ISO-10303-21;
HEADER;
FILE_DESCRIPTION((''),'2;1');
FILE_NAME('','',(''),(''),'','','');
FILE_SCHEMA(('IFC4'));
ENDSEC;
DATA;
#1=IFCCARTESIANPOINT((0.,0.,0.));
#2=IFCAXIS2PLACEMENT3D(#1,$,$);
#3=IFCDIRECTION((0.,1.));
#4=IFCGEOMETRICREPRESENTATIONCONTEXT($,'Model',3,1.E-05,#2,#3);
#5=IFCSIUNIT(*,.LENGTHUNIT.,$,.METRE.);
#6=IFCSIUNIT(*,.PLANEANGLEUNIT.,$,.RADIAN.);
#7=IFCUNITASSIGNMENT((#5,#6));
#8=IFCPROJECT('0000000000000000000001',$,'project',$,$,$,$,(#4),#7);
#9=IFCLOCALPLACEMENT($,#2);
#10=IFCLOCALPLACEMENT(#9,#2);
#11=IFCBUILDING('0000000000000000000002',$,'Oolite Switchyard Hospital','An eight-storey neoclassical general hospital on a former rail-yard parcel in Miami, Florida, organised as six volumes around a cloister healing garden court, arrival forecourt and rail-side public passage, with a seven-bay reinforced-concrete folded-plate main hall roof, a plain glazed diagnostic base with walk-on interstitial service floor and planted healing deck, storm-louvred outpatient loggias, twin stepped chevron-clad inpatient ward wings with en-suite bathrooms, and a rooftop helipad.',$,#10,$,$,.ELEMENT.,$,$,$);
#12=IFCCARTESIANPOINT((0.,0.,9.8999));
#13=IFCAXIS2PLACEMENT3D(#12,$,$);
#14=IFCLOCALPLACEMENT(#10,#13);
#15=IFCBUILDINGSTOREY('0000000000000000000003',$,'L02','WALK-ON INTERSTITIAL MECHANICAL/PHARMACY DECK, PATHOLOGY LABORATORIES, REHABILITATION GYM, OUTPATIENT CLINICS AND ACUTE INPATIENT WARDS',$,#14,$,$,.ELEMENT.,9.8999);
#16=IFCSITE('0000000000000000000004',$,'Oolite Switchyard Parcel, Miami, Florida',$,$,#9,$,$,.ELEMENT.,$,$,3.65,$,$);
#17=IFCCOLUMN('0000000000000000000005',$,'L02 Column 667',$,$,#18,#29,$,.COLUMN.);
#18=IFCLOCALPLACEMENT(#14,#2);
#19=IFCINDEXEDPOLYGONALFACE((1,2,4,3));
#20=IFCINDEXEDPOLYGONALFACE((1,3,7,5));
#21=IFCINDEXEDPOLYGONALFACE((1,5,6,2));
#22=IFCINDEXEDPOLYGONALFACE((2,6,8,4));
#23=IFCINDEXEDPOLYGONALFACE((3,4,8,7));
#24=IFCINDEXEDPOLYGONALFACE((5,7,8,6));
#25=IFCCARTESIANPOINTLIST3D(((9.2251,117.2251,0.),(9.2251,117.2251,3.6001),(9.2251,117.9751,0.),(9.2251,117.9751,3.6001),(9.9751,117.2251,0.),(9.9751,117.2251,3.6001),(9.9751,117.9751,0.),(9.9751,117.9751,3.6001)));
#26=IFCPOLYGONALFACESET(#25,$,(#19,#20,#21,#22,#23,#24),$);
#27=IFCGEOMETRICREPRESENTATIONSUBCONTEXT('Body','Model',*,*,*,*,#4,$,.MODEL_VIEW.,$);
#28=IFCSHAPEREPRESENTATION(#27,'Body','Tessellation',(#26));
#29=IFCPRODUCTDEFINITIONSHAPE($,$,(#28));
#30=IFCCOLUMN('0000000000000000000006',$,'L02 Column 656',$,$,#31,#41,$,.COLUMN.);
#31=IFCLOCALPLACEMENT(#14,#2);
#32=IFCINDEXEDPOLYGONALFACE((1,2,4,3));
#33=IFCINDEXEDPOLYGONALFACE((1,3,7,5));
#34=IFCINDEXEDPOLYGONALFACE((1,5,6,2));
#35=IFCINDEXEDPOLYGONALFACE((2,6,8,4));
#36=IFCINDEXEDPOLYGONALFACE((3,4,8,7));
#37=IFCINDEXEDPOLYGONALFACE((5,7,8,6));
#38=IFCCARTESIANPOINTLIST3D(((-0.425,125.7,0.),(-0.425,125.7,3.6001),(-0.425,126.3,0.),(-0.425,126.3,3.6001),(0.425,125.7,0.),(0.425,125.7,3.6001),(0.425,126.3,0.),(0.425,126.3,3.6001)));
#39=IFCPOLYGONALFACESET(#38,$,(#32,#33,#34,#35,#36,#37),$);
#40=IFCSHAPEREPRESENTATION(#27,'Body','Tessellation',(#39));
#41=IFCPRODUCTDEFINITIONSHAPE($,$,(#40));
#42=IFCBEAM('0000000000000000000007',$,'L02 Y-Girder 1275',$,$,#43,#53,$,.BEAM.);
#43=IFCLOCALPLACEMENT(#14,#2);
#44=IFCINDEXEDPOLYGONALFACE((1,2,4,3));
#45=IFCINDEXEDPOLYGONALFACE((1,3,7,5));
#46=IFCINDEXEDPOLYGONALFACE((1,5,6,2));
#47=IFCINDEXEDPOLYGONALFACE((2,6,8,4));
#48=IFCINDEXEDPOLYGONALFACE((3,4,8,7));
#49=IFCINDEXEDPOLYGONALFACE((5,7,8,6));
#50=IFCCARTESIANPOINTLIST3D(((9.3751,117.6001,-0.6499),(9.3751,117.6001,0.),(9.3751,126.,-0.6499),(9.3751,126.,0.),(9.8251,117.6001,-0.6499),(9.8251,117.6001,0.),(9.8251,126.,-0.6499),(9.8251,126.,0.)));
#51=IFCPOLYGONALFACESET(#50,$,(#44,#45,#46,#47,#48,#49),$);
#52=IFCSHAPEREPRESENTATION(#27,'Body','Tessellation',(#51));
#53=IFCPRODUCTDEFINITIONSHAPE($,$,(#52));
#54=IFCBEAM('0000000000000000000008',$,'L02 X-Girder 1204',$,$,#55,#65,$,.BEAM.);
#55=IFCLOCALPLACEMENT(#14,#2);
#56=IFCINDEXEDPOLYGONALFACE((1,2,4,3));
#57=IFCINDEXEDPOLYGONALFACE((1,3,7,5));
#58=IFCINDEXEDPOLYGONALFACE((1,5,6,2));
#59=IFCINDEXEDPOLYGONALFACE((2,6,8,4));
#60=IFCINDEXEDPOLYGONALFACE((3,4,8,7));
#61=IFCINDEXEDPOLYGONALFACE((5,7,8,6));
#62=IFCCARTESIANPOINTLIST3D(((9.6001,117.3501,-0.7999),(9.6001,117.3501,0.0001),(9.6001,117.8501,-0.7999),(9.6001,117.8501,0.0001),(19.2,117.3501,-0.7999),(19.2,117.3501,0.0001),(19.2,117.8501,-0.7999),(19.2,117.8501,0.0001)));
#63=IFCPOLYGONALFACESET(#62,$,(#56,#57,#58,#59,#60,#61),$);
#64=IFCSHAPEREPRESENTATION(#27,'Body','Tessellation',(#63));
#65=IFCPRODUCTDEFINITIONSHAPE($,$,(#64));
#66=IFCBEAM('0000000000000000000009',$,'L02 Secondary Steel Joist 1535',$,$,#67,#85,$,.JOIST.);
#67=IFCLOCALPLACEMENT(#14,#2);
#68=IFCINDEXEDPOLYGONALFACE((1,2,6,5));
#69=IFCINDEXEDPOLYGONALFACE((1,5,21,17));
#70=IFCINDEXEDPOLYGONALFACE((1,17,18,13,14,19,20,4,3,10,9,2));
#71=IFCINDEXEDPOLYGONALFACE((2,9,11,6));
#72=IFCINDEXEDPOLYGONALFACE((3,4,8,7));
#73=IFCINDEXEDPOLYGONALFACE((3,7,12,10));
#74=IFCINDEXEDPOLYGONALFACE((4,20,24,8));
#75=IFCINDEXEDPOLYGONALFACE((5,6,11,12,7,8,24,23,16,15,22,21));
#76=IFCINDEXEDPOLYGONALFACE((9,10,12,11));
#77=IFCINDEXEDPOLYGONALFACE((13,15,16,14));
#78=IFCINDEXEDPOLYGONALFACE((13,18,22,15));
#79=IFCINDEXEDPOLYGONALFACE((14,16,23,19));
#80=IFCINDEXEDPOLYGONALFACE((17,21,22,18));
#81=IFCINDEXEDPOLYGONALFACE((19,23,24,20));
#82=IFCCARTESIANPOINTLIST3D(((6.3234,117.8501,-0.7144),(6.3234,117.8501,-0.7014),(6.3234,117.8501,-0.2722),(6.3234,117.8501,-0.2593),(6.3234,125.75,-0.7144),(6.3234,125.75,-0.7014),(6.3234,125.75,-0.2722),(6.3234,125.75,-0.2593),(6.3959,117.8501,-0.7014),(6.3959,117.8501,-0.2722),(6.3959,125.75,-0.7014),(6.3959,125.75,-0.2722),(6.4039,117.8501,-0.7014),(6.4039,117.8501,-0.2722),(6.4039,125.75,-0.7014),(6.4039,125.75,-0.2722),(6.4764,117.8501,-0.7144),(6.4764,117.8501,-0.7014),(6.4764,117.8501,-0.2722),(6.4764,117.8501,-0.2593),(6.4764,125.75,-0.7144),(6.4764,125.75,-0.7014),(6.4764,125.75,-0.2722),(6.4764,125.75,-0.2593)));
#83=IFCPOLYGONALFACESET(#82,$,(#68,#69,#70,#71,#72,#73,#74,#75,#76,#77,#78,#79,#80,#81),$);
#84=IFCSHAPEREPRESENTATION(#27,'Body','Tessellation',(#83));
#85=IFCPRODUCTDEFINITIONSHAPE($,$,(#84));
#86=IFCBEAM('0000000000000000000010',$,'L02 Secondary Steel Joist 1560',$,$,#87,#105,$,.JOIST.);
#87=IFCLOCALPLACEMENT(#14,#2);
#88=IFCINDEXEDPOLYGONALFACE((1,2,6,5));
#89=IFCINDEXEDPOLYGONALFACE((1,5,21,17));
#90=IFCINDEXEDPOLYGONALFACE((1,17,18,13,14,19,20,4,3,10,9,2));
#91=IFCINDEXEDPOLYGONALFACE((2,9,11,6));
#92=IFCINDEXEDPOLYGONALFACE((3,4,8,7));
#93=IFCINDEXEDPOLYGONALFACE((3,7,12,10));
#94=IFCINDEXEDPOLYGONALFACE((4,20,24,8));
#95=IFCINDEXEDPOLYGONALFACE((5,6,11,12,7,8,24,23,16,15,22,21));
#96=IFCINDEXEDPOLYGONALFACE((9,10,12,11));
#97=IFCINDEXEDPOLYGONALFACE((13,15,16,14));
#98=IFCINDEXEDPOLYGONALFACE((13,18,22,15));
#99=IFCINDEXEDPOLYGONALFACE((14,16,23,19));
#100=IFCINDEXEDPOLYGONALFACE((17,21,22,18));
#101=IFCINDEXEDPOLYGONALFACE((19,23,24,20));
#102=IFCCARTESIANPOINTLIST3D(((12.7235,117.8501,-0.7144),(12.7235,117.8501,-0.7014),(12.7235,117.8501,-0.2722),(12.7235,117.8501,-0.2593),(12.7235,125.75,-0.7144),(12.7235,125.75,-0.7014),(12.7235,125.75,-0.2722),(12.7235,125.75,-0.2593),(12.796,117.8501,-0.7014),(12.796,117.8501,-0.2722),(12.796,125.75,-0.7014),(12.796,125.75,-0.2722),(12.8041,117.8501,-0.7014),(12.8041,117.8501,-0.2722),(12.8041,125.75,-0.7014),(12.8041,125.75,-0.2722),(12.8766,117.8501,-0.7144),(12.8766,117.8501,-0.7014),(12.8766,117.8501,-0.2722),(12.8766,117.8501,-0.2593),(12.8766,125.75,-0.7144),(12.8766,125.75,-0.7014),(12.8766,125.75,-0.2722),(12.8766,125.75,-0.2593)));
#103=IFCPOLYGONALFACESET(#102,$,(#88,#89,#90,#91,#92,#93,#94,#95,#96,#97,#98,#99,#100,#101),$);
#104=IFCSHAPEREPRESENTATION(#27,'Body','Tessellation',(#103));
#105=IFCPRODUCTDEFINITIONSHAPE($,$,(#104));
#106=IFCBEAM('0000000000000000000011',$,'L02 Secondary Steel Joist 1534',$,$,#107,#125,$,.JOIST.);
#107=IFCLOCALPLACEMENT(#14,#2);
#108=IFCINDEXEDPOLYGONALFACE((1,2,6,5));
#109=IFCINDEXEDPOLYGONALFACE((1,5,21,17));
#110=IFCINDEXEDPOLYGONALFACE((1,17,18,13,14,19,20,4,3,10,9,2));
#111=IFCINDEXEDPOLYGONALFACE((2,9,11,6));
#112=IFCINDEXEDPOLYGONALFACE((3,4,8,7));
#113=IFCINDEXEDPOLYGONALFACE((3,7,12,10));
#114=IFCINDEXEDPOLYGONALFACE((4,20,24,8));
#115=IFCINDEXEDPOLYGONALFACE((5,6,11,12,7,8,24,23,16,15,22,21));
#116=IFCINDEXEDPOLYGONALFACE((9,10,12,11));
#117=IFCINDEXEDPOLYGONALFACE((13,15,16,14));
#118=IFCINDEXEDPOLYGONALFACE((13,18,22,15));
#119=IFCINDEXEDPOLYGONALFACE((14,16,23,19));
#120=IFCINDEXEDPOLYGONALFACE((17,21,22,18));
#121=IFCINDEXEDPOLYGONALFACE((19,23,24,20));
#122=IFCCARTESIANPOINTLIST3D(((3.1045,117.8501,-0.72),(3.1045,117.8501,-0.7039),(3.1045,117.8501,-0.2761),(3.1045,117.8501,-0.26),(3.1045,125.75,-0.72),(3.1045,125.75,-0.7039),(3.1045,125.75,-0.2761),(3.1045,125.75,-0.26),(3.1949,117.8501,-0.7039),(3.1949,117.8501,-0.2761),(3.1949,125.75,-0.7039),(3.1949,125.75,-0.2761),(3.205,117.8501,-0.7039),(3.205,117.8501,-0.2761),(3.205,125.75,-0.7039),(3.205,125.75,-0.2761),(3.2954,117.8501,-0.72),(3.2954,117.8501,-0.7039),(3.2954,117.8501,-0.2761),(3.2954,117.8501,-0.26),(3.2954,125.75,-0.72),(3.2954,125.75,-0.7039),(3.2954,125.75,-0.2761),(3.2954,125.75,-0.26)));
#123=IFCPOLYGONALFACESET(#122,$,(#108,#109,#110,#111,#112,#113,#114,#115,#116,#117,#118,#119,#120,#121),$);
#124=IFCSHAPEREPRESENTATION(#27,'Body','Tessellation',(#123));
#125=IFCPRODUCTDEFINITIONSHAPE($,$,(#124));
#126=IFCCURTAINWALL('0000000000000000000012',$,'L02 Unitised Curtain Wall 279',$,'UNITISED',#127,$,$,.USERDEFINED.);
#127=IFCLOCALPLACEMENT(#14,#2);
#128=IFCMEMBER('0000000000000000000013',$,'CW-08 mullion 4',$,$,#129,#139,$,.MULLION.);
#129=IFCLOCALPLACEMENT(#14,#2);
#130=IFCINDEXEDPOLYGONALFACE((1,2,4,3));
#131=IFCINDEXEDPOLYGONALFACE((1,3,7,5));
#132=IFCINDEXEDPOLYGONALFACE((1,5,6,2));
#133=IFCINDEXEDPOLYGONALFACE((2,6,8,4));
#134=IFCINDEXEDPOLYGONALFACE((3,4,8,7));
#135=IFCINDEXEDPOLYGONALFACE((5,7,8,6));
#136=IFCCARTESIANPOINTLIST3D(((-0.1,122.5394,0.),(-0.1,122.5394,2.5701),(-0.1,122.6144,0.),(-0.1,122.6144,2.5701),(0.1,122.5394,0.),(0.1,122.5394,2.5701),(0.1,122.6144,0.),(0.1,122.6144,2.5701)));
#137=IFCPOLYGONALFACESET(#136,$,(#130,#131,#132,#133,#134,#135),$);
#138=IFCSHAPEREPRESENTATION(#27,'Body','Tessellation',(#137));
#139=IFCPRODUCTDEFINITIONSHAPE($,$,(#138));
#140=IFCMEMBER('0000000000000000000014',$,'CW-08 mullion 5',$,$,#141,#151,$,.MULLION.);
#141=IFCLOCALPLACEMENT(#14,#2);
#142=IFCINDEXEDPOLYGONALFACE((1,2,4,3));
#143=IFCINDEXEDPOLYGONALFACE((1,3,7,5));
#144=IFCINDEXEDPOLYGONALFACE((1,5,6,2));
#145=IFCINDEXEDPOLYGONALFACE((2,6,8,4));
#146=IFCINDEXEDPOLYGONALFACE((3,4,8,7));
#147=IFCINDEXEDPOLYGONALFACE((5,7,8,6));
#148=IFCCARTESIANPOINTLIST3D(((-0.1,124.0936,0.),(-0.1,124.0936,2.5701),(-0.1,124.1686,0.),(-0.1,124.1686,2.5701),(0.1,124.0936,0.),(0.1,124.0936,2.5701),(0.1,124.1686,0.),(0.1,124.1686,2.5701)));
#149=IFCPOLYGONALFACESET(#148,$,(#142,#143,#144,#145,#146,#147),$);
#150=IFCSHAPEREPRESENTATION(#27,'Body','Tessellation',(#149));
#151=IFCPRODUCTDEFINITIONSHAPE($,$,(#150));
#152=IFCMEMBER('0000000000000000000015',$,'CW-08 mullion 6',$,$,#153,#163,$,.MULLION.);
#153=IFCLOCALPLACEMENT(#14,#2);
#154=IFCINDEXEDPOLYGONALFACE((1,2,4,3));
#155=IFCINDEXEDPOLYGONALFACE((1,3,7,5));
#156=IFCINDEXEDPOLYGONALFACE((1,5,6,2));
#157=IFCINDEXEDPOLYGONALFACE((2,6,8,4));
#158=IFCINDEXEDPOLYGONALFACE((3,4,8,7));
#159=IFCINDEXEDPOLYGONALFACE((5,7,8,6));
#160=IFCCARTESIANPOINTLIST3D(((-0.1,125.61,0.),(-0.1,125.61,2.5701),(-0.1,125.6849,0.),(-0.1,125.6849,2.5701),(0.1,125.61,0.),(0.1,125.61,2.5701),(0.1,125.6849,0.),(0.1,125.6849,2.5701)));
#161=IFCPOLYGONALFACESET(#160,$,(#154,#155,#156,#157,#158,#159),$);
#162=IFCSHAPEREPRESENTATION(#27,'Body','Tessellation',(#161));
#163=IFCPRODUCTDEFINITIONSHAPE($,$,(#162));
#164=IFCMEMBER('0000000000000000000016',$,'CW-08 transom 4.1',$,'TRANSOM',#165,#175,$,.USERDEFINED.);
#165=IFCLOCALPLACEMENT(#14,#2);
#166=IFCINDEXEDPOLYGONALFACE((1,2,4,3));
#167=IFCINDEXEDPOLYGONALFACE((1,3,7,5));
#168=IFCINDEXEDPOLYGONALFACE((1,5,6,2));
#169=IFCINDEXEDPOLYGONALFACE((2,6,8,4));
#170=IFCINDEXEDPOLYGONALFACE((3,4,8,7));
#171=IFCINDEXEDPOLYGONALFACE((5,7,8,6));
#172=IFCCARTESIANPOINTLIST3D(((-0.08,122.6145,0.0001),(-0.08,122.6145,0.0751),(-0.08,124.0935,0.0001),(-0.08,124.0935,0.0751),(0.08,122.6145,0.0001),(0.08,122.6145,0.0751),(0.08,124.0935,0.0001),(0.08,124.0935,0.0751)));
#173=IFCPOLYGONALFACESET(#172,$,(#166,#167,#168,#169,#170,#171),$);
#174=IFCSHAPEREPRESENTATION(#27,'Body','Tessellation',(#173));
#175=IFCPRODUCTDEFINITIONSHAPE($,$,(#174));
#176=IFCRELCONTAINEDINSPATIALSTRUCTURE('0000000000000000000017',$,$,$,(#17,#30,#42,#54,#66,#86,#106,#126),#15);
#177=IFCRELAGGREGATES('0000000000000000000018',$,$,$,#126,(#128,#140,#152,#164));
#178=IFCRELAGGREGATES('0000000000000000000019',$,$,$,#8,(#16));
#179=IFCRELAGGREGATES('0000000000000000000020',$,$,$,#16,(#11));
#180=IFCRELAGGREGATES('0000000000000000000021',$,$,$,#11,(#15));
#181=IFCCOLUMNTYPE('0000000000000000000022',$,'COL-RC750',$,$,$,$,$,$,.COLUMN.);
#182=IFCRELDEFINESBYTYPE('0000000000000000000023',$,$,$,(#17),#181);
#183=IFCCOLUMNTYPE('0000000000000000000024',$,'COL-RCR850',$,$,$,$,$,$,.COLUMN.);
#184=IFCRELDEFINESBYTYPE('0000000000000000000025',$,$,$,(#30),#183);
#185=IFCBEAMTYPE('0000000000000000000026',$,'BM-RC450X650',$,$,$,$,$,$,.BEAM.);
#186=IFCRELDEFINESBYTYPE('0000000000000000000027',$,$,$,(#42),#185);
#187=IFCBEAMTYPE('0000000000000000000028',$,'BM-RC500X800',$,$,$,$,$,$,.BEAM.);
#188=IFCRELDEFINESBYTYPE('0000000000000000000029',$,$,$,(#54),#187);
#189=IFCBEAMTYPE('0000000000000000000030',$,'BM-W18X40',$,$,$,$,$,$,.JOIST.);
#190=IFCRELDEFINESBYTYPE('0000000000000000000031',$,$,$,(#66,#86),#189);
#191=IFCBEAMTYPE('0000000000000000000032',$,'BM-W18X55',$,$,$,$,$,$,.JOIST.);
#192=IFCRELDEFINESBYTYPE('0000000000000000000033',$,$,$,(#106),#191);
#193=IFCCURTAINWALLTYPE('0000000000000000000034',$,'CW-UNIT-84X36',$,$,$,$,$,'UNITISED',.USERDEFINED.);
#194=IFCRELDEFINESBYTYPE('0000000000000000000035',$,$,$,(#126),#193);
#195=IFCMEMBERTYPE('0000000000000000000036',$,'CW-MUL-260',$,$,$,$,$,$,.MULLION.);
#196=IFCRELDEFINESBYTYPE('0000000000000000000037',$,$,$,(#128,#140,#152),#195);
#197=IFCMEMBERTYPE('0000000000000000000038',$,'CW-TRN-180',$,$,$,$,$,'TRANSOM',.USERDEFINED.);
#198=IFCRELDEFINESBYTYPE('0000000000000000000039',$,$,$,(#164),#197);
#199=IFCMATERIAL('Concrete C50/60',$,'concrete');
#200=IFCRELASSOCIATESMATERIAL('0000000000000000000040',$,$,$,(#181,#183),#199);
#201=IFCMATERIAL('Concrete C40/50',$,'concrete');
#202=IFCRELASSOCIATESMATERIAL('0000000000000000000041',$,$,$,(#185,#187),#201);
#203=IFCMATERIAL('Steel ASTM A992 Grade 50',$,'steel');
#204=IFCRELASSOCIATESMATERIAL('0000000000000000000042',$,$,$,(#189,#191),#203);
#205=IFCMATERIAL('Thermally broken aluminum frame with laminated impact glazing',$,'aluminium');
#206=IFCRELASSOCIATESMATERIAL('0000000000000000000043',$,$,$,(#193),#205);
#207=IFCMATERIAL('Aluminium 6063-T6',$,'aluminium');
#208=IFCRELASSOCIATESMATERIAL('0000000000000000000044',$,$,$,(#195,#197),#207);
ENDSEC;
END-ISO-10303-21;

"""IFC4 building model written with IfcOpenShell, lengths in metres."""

from ifc_helpers import new_model, si_unit, direction, frame, origin, origin_2d, place, context, subcontext, project, spatial, rectangle, i_section, extrude, material, material_profile, profile_set, type_object, element, aggregate, save


model = new_model("IFC4")

# Units and contexts
model_context = context("Model", 3, precision=1e-05, world=origin(), true_north=direction((0.0, 1.0)))
body_context = subcontext(model_context, "Body", "Model", "MODEL_VIEW")
ifc_project = project(units=[si_unit("LENGTHUNIT", "METRE"), si_unit("PLANEANGLEUNIT", "RADIAN")], contexts=[model_context])

# Site, building, storey
site_placement = place(None, origin())
site = spatial("IfcSite", under=ifc_project, at=site_placement, Name="Oolite Switchyard Parcel, Miami, Florida", CompositionType="ELEMENT", RefElevation=3.65)
building_placement = place(site_placement, origin())
building = spatial("IfcBuilding", under=site, at=building_placement, Name="Oolite Switchyard Hospital", Description="An eight-storey neoclassical general hospital on a former rail-yard parcel in Miami, Florida, organised as six volumes around a cloister healing garden court, arrival forecourt and rail-side public passage, with a seven-bay reinforced-concrete folded-plate main hall roof, a plain glazed diagnostic base with walk-on interstitial service floor and planted healing deck, storm-louvred outpatient loggias, twin stepped chevron-clad inpatient ward wings with en-suite bathrooms, and a rooftop helipad.", CompositionType="ELEMENT")
storey_placement = place(building_placement, frame((0.0, 0.0, 9.8999)))
storey = spatial("IfcBuildingStorey", under=building, at=storey_placement, Name="L02", Description="WALK-ON INTERSTITIAL MECHANICAL/PHARMACY DECK, PATHOLOGY LABORATORIES, REHABILITATION GYM, OUTPATIENT CLINICS AND ACUTE INPATIENT WARDS", CompositionType="ELEMENT", Elevation=9.8999)

# Columns
ifc_material_1 = material(Name="Concrete C50/60", Category="concrete")
ifc_material_profile_1 = material_profile(ifc_material_1, rectangle(XDim=0.75, YDim=0.75, at=origin_2d()), Name="RC750X750")
ifc_profile_set_1 = profile_set([ifc_material_profile_1], Name="Concrete C50/60")
column_type_1 = type_object("IfcColumnType", Name="COL-RC750", PredefinedType="COLUMN", material=ifc_profile_set_1)
column_1_placement = place(storey_placement, frame((9.6001, 117.6001, 0.0), z_axis=(0.0, 0.0, 1.0), x_axis=(1.0, 0.0, 0.0)))
element("IfcColumn", 1, at=column_1_placement, inside=storey, type_object=column_type_1, Name="L02 Column 667", PredefinedType="COLUMN", context=body_context, shape_type="SweptSolid", body=[
    extrude(rectangle(XDim=0.75, YDim=0.75, at=origin_2d()), origin(), (0.0, 0.0, 1.0), 3.6001),
])
ifc_material_profile_2 = material_profile(ifc_material_1, rectangle(XDim=0.8501, YDim=0.6001, at=origin_2d()), Name="RC850X600")
ifc_profile_set_2 = profile_set([ifc_material_profile_2], Name="Concrete C50/60")
column_type_2 = type_object("IfcColumnType", Name="COL-RCR850", PredefinedType="COLUMN", material=ifc_profile_set_2)
column_2_placement = place(storey_placement, frame((0.0, 126.0, 0.0), z_axis=(0.0, 0.0, 1.0), x_axis=(1.0, 0.0, 0.0)))
element("IfcColumn", 2, at=column_2_placement, inside=storey, type_object=column_type_2, Name="L02 Column 656", PredefinedType="COLUMN", context=body_context, shape_type="SweptSolid", body=[
    extrude(rectangle(XDim=0.8501, YDim=0.6001, at=origin_2d()), origin(), (0.0, 0.0, 1.0), 3.6001),
])

# Beams
ifc_material_2 = material(Name="Concrete C40/50", Category="concrete")
ifc_material_profile_3 = material_profile(ifc_material_2, rectangle(XDim=0.45, YDim=0.6499, at=origin_2d()), Name="RCB450X650")
ifc_profile_set_3 = profile_set([ifc_material_profile_3], Name="Concrete C40/50")
beam_type_1 = type_object("IfcBeamType", Name="BM-RC450X650", PredefinedType="BEAM", material=ifc_profile_set_3)
beam_1_placement = place(storey_placement, frame((9.6001, 117.6001, -0.325), z_axis=(0.0, 1.0, 0.0), x_axis=(-1.0, 0.0, 0.0)))
element("IfcBeam", 3, at=beam_1_placement, inside=storey, type_object=beam_type_1, Name="L02 Y-Girder 1275", PredefinedType="BEAM", context=body_context, shape_type="SweptSolid", body=[
    extrude(rectangle(XDim=0.45, YDim=0.6499, at=origin_2d()), origin(), (0.0, 0.0, 1.0), 8.3999),
])
ifc_material_profile_4 = material_profile(ifc_material_2, rectangle(XDim=0.5, YDim=0.8, at=origin_2d()), Name="RCB500X800")
ifc_profile_set_4 = profile_set([ifc_material_profile_4], Name="Concrete C40/50")
beam_type_2 = type_object("IfcBeamType", Name="BM-RC500X800", PredefinedType="BEAM", material=ifc_profile_set_4)
beam_2_placement = place(storey_placement, frame((9.6001, 117.6001, -0.3999), z_axis=(1.0, 0.0, 0.0), x_axis=(0.0, 1.0, 0.0)))
element("IfcBeam", 4, at=beam_2_placement, inside=storey, type_object=beam_type_2, Name="L02 X-Girder 1204", PredefinedType="BEAM", context=body_context, shape_type="SweptSolid", body=[
    extrude(rectangle(XDim=0.5, YDim=0.8, at=origin_2d()), origin(), (0.0, 0.0, 1.0), 9.5999),
])
ifc_material_3 = material(Name="Steel ASTM A992 Grade 50", Category="steel")
ifc_material_profile_5 = material_profile(ifc_material_3, i_section(OverallWidth=0.1531, OverallDepth=0.4551, WebThickness=0.0081, FlangeThickness=0.0129, at=origin_2d()), Name="W18X40")
ifc_profile_set_5 = profile_set([ifc_material_profile_5], Name="Steel ASTM A992 Grade 50")
beam_type_3 = type_object("IfcBeamType", Name="BM-W18X40", PredefinedType="JOIST", material=ifc_profile_set_5)
for number, where, z_axis, x_axis, name in (
    (5, (6.3999, 117.8501, -0.4868), (0.0, 1.0, 0.0), (-1.0, 0.0, 0.0), "L02 Secondary Steel Joist 1535"),
    (6, (12.8, 117.8501, -0.4868), (0.0, 1.0, 0.0), (-1.0, 0.0, 0.0), "L02 Secondary Steel Joist 1560"),
):
    element("IfcBeam", number, at=place(storey_placement, frame(where, z_axis=z_axis, x_axis=x_axis)), inside=storey, type_object=beam_type_3, Name=name, PredefinedType="JOIST", context=body_context, shape_type="SweptSolid", body=[
        extrude(i_section(OverallWidth=0.1531, OverallDepth=0.4551, WebThickness=0.0081, FlangeThickness=0.0129, at=origin_2d()), origin(), (0.0, 0.0, 1.0), 7.8999),
    ])
ifc_material_profile_6 = material_profile(ifc_material_3, i_section(OverallWidth=0.1909, OverallDepth=0.46, WebThickness=0.01, FlangeThickness=0.0161, at=origin_2d()), Name="W18X55")
ifc_profile_set_6 = profile_set([ifc_material_profile_6], Name="Steel ASTM A992 Grade 50")
beam_type_4 = type_object("IfcBeamType", Name="BM-W18X55", PredefinedType="JOIST", material=ifc_profile_set_6)
beam_3_placement = place(storey_placement, frame((3.2, 117.8501, -0.49), z_axis=(0.0, 1.0, 0.0), x_axis=(-1.0, 0.0, 0.0)))
element("IfcBeam", 7, at=beam_3_placement, inside=storey, type_object=beam_type_4, Name="L02 Secondary Steel Joist 1534", PredefinedType="JOIST", context=body_context, shape_type="SweptSolid", body=[
    extrude(i_section(OverallWidth=0.1909, OverallDepth=0.46, WebThickness=0.01, FlangeThickness=0.0161, at=origin_2d()), origin(), (0.0, 0.0, 1.0), 7.8999),
])

# Curtain wall, members
ifc_material_4 = material(Name="Thermally broken aluminum frame with laminated impact glazing", Category="aluminium")
curtain_wall_type = type_object("IfcCurtainWallType", Name="CW-UNIT-84X36", ElementType="UNITISED", PredefinedType="USERDEFINED", material=ifc_material_4)
curtain_wall_placement = place(storey_placement, origin())
curtain_wall = element("IfcCurtainWall", 8, at=curtain_wall_placement, inside=storey, type_object=curtain_wall_type, Name="L02 Unitised Curtain Wall 279", ObjectType="UNITISED", PredefinedType="USERDEFINED")
ifc_material_5 = material(Name="Aluminium 6063-T6", Category="aluminium")
ifc_material_profile_7 = material_profile(ifc_material_5, rectangle(XDim=0.2, YDim=0.075, at=origin_2d()), Name="CWM75X200")
ifc_profile_set_7 = profile_set([ifc_material_profile_7], Name="Aluminium 6063-T6")
member_type_1 = type_object("IfcMemberType", Name="CW-MUL-260", PredefinedType="MULLION", material=ifc_profile_set_7)
member_1_placement = place(storey_placement, frame((0.0, 122.5769, 0.0), z_axis=(0.0, 0.0, 1.0), x_axis=(-1.0, 0.0, 0.0)))
member_1 = element("IfcMember", 9, at=member_1_placement, type_object=member_type_1, Name="CW-08 mullion 4", PredefinedType="MULLION", context=body_context, shape_type="SweptSolid", body=[
    extrude(rectangle(XDim=0.2, YDim=0.075, at=origin_2d()), origin(), (0.0, 0.0, 1.0), 2.5701),
])
member_2_placement = place(storey_placement, frame((0.0, 124.1311, 0.0), z_axis=(0.0, 0.0, 1.0), x_axis=(-1.0, 0.0, 0.0)))
member_2 = element("IfcMember", 10, at=member_2_placement, type_object=member_type_1, Name="CW-08 mullion 5", PredefinedType="MULLION", context=body_context, shape_type="SweptSolid", body=[
    extrude(rectangle(XDim=0.2, YDim=0.075, at=origin_2d()), origin(), (0.0, 0.0, 1.0), 2.5701),
])
member_3_placement = place(storey_placement, frame((0.0, 125.6475, 0.0), z_axis=(0.0, 0.0, 1.0), x_axis=(-1.0, 0.0, 0.0)))
member_3 = element("IfcMember", 11, at=member_3_placement, type_object=member_type_1, Name="CW-08 mullion 6", PredefinedType="MULLION", context=body_context, shape_type="SweptSolid", body=[
    extrude(rectangle(XDim=0.2, YDim=0.075, at=origin_2d()), origin(), (0.0, 0.0, 1.0), 2.5701),
])
ifc_material_profile_8 = material_profile(ifc_material_5, rectangle(XDim=0.1599, YDim=0.075, at=origin_2d()), Name="CWT75X160")
ifc_profile_set_8 = profile_set([ifc_material_profile_8], Name="Aluminium 6063-T6")
member_type_2 = type_object("IfcMemberType", Name="CW-TRN-180", ElementType="TRANSOM", PredefinedType="USERDEFINED", material=ifc_profile_set_8)
member_4_placement = place(storey_placement, frame((0.0, 122.6145, 0.0376), z_axis=(0.0, 1.0, 0.0), x_axis=(-1.0, 0.0, 0.0)))
member_4 = element("IfcMember", 12, at=member_4_placement, type_object=member_type_2, Name="CW-08 transom 4.1", ObjectType="TRANSOM", PredefinedType="USERDEFINED", context=body_context, shape_type="SweptSolid", body=[
    extrude(rectangle(XDim=0.1599, YDim=0.075, at=origin_2d()), origin(), (0.0, 0.0, 1.0), 1.479),
])
aggregate(curtain_wall, [member_1, member_2, member_3, member_4])

save(model, "model.ifc")
